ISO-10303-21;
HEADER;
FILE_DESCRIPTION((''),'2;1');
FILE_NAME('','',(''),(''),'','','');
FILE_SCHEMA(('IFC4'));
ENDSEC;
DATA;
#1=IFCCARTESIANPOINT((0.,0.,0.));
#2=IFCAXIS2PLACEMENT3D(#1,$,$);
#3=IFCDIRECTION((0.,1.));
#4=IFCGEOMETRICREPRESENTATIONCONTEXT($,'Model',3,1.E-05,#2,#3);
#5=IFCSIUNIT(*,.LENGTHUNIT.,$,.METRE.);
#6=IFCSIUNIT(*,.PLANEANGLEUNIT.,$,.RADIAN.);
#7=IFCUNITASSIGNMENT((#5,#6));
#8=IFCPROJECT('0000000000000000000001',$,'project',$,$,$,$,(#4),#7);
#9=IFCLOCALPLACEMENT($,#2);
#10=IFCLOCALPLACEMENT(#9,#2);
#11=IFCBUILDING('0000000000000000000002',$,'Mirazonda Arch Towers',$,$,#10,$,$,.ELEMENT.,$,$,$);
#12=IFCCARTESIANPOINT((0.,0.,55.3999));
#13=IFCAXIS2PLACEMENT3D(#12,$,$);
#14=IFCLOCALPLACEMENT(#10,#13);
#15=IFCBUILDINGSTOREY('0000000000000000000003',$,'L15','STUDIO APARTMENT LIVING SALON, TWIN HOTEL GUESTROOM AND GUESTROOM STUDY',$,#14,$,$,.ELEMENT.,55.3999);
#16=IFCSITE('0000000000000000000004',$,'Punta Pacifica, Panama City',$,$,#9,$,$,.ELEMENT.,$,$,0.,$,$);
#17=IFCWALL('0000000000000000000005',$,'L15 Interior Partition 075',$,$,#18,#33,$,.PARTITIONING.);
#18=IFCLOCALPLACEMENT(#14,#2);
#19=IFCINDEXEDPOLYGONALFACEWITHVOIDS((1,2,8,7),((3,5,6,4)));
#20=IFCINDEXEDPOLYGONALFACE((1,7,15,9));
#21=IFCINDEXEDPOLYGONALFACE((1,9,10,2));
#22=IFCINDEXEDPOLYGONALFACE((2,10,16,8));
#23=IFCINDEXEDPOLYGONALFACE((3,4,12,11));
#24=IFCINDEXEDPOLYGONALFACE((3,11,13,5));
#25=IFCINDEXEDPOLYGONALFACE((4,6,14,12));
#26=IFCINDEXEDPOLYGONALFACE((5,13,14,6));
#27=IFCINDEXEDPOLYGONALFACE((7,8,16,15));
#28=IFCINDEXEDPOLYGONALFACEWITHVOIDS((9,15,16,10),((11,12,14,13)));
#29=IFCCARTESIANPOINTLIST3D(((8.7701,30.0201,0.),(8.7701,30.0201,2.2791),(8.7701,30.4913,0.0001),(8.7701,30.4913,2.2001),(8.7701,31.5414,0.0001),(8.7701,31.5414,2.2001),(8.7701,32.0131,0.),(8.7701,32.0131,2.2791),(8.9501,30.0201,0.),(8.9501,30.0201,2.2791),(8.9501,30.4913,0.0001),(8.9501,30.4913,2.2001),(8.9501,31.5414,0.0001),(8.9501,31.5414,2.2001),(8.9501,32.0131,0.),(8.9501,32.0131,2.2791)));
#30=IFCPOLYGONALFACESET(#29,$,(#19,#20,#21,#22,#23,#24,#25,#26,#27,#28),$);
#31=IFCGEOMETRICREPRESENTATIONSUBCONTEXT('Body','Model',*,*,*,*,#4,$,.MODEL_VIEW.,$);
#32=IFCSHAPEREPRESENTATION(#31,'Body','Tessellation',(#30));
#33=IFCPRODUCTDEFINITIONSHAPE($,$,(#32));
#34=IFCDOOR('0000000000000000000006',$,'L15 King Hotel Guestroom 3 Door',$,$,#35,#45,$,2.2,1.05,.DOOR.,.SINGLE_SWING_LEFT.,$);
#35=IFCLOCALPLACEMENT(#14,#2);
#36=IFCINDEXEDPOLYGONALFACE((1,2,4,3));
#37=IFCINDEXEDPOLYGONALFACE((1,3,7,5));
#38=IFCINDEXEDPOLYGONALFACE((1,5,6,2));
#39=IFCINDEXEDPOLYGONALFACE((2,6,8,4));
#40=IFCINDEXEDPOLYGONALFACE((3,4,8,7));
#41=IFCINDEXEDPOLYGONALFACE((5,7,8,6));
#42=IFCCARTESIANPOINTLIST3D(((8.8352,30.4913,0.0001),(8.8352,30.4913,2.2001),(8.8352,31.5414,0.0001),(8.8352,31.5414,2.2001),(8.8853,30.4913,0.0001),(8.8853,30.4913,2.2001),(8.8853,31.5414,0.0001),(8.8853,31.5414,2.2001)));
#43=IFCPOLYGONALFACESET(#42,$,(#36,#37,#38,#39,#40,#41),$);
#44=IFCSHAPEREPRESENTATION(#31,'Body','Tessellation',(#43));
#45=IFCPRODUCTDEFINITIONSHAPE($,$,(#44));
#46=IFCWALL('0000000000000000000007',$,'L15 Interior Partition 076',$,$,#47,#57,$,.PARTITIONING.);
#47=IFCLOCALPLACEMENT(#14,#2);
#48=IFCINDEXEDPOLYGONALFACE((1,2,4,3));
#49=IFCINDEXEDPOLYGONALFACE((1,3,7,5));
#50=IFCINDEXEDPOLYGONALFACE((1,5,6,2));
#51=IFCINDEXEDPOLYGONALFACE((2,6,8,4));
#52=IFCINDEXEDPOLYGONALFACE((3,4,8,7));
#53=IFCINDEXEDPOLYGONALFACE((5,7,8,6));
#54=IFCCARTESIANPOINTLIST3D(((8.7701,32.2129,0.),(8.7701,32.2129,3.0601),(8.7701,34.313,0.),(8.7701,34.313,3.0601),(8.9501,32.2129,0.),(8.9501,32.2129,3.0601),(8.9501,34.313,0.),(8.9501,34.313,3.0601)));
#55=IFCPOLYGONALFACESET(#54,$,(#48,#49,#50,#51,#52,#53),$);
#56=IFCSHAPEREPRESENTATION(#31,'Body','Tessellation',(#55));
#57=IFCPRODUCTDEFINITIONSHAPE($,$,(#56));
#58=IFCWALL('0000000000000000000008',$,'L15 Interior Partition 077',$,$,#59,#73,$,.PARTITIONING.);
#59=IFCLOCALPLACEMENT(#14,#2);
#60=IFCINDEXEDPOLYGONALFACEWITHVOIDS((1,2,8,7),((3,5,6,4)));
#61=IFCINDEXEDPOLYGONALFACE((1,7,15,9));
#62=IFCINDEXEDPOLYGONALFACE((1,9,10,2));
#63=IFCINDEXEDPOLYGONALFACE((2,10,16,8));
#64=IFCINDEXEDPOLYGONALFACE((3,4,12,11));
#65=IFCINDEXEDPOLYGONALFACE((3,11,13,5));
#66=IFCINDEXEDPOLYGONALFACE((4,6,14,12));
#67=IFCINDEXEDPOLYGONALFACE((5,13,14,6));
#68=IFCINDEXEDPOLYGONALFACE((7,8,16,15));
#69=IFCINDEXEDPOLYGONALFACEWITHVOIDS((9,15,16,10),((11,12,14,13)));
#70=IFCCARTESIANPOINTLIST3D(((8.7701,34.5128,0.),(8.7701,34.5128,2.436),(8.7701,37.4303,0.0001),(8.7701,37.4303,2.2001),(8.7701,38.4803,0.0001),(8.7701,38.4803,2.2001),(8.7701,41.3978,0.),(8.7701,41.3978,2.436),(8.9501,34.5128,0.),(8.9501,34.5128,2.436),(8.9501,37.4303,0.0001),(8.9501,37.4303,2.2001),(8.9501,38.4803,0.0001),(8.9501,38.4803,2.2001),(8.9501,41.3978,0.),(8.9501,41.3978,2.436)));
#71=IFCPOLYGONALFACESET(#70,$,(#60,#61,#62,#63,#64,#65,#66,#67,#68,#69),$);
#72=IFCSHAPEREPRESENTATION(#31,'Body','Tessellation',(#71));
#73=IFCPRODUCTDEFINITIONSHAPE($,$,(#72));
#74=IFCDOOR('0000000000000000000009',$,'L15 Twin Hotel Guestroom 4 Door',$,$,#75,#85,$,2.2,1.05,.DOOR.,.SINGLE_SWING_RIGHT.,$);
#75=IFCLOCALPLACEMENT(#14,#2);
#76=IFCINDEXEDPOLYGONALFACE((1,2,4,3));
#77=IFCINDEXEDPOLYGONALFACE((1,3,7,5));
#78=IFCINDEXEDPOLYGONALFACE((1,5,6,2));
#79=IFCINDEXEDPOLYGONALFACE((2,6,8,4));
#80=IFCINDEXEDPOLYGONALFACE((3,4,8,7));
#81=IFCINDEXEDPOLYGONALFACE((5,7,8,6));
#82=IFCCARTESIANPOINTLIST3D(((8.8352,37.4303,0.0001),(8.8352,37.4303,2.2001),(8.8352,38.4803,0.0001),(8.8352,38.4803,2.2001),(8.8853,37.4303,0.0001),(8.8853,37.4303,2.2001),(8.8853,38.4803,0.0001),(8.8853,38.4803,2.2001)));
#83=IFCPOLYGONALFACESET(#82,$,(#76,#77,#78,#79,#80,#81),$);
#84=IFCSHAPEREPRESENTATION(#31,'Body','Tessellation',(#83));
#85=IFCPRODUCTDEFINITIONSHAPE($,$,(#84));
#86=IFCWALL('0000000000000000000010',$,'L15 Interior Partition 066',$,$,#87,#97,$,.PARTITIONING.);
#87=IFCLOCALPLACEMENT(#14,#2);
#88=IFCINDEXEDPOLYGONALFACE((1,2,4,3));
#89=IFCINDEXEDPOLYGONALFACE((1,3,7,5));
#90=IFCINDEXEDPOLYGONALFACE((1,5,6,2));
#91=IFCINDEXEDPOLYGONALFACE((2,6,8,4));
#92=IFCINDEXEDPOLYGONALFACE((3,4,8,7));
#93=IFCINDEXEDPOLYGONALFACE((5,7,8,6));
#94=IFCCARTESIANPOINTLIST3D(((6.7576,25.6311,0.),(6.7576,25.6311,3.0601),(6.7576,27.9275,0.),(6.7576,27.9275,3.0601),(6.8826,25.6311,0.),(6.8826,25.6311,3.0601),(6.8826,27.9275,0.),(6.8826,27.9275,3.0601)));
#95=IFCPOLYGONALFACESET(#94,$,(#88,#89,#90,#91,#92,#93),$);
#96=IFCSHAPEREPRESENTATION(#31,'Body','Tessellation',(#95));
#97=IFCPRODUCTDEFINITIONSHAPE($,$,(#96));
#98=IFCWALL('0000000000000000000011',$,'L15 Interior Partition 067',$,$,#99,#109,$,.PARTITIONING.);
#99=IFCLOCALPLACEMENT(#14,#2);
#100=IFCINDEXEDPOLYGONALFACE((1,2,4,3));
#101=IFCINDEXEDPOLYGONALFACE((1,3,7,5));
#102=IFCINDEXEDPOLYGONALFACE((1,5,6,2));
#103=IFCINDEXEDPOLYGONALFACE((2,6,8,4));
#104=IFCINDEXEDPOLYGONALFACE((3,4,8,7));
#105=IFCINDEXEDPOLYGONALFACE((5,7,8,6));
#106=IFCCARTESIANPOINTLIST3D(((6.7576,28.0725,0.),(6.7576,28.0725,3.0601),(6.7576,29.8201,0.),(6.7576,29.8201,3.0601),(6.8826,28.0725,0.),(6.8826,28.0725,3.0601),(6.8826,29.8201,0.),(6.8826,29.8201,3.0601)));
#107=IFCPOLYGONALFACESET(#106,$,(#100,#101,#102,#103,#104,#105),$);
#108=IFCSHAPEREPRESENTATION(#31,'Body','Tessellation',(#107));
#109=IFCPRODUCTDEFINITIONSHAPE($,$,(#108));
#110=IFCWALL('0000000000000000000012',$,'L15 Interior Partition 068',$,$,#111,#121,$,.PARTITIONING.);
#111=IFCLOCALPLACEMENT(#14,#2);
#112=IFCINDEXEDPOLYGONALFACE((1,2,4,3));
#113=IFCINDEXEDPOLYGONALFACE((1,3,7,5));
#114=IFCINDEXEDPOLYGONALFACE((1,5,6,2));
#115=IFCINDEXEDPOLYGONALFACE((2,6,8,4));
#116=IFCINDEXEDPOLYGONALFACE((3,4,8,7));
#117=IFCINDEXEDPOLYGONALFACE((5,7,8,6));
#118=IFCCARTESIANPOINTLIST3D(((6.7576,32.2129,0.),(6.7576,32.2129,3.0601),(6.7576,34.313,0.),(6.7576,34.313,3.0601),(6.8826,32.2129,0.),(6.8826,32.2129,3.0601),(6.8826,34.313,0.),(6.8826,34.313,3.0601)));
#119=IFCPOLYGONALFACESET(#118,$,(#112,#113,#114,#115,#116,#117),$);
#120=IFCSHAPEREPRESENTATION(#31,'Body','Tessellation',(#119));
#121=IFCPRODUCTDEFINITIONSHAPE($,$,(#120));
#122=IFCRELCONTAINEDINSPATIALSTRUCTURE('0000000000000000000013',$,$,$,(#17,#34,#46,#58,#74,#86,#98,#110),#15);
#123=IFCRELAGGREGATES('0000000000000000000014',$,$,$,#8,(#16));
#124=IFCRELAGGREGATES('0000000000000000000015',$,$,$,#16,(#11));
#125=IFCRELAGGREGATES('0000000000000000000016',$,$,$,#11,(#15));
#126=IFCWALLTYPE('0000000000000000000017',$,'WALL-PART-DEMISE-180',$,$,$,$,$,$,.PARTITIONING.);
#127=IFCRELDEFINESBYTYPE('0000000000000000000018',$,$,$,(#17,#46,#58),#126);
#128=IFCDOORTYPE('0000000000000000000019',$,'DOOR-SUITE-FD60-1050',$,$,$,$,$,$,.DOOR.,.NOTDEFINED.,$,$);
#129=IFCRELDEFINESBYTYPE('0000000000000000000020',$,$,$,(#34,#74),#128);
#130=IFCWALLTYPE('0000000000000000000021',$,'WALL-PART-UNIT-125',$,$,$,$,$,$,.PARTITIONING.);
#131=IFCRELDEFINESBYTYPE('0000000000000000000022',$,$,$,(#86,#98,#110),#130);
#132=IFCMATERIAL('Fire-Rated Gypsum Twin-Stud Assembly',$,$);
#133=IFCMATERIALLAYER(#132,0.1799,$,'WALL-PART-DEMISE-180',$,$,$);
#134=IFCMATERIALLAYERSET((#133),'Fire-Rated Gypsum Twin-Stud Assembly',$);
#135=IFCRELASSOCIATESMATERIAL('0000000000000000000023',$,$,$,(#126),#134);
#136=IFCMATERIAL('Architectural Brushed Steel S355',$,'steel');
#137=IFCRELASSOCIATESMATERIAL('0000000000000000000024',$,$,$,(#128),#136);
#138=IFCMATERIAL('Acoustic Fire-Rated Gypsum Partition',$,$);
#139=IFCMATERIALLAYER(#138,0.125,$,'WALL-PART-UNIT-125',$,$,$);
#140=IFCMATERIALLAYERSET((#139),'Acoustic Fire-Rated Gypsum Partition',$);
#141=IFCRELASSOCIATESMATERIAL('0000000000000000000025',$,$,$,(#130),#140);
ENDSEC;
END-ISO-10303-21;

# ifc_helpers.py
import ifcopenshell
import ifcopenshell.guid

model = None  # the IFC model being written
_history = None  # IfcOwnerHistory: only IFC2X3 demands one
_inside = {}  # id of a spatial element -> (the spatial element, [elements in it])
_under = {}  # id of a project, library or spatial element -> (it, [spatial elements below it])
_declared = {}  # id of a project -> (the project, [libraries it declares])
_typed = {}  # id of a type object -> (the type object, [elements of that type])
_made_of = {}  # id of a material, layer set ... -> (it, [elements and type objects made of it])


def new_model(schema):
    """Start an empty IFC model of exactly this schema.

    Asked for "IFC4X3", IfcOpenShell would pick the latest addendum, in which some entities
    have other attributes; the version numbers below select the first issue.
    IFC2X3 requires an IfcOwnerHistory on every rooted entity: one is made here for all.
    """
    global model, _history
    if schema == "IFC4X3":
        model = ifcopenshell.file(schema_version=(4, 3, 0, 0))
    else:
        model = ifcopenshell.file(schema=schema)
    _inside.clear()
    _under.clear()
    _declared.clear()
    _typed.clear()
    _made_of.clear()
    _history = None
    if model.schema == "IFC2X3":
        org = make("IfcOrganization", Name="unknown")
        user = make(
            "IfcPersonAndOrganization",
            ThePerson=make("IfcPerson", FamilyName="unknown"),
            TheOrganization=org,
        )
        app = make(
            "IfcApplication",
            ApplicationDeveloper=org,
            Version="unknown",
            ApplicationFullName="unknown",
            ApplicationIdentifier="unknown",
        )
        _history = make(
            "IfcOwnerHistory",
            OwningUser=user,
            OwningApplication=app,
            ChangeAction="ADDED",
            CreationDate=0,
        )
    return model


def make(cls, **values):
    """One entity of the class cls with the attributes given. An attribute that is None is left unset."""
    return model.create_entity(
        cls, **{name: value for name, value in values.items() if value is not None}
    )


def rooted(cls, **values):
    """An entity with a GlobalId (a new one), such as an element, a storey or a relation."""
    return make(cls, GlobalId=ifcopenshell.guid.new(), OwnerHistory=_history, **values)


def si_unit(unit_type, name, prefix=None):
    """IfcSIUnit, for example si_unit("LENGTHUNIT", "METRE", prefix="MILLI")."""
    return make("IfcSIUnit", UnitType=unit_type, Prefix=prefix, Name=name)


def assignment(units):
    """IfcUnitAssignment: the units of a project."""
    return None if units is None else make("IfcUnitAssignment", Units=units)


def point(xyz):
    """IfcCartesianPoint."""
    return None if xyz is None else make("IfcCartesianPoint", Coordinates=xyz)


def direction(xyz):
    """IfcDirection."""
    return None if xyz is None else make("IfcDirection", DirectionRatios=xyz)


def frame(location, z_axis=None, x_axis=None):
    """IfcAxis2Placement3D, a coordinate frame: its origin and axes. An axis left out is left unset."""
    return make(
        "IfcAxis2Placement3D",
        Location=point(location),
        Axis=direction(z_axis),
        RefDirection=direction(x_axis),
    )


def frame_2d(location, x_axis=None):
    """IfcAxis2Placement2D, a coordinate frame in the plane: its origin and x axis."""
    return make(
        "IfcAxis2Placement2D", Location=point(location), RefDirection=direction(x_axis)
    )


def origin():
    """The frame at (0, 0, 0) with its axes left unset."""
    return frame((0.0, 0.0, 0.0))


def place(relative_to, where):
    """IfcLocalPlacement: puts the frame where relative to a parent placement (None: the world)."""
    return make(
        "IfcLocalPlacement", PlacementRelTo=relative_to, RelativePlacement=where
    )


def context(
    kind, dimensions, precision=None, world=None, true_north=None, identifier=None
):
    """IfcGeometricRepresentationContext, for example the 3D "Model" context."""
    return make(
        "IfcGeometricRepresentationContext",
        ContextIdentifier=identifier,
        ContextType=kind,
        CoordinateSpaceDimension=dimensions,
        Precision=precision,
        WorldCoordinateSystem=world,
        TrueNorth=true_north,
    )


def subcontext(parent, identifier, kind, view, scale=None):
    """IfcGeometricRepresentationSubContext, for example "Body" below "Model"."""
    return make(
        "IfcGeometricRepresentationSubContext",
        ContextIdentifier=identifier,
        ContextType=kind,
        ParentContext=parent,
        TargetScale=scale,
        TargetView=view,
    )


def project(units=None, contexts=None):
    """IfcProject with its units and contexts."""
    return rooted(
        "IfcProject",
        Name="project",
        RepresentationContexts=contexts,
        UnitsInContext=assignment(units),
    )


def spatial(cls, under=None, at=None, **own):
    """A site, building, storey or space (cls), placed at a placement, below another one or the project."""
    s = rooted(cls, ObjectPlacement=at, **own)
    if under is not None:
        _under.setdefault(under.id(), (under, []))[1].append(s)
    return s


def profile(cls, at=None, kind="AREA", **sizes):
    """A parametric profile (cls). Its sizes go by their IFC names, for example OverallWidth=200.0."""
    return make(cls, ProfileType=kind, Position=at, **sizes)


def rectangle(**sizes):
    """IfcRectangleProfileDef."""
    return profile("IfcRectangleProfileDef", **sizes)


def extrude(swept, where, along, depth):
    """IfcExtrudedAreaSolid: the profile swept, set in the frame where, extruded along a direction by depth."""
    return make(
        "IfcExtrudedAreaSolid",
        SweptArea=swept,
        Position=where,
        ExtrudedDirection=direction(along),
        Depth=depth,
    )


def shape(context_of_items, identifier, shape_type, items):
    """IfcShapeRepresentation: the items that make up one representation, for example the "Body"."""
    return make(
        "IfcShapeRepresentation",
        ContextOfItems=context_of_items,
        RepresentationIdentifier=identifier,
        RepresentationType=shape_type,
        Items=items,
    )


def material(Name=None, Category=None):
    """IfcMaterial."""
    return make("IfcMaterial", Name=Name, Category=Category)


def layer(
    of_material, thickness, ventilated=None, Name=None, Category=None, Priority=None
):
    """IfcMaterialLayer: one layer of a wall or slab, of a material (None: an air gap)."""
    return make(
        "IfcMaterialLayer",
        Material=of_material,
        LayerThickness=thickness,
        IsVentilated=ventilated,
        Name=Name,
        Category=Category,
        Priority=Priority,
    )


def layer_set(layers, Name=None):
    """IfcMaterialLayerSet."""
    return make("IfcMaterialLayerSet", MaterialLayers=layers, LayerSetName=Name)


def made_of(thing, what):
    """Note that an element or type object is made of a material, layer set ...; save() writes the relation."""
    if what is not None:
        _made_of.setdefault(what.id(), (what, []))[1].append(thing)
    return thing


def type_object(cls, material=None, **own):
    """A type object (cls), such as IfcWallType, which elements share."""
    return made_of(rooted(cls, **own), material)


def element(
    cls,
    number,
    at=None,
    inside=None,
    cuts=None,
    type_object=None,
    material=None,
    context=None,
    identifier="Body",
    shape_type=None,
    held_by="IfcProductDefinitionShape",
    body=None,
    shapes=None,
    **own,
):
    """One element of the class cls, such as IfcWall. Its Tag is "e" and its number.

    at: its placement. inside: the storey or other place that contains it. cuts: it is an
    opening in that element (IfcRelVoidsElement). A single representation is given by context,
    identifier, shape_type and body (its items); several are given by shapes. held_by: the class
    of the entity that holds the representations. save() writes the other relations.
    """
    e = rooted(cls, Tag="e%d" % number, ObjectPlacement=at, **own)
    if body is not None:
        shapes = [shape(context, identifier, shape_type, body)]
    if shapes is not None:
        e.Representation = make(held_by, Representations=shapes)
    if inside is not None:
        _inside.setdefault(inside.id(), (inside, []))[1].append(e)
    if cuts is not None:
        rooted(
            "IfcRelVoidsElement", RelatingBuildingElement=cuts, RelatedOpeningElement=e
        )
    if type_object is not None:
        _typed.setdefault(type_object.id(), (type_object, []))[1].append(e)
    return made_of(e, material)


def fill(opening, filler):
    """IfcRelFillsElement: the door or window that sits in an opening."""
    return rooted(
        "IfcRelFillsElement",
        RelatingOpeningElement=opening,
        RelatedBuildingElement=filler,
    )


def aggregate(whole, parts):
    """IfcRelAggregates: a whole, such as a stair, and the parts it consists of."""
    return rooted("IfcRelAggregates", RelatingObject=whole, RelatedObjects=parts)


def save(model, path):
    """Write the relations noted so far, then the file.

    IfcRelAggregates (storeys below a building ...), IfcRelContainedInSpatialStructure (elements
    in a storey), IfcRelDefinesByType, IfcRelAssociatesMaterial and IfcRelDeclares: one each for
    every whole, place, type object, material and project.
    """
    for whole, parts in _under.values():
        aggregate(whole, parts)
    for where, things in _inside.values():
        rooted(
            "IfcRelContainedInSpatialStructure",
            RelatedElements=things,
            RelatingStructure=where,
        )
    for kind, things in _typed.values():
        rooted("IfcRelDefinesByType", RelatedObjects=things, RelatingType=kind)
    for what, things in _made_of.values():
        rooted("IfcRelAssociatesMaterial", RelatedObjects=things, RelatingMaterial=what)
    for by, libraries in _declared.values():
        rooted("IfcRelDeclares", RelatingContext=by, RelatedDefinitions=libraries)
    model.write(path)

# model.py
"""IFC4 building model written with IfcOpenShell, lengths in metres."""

from ifc_helpers import new_model, si_unit, direction, frame, frame_2d, origin, place, context, subcontext, project, spatial, rectangle, extrude, material, layer, layer_set, type_object, element, fill, save


model = new_model("IFC4")

# Units and contexts
model_context = context("Model", 3, precision=1e-05, world=origin(), true_north=direction((0.0, 1.0)))
body_context = subcontext(model_context, "Body", "Model", "MODEL_VIEW")
ifc_project = project(units=[si_unit("LENGTHUNIT", "METRE"), si_unit("PLANEANGLEUNIT", "RADIAN")], contexts=[model_context])

# Site, building, storey
site_placement = place(None, origin())
site = spatial("IfcSite", under=ifc_project, at=site_placement, Name="Punta Pacifica, Panama City", CompositionType="ELEMENT", RefElevation=0.0)
building_placement = place(site_placement, origin())
building = spatial("IfcBuilding", under=site, at=building_placement, Name="Mirazonda Arch Towers", CompositionType="ELEMENT")
storey_placement = place(building_placement, frame((0.0, 0.0, 55.3999)))
storey = spatial("IfcBuildingStorey", under=building, at=storey_placement, Name="L15", Description="STUDIO APARTMENT LIVING SALON, TWIN HOTEL GUESTROOM AND GUESTROOM STUDY", CompositionType="ELEMENT", Elevation=55.3999)

# Shared definitions
ifc_material_1 = material(Name="Architectural Brushed Steel S355", Category="steel")

# Shared definitions
ifc_material_2 = material(Name="Fire-Rated Gypsum Twin-Stud Assembly")
ifc_layer_1 = layer(ifc_material_2, 0.1799, Name="WALL-PART-DEMISE-180")
ifc_layer_set_1 = layer_set([ifc_layer_1], Name="Fire-Rated Gypsum Twin-Stud Assembly")
wall_type_1 = type_object("IfcWallType", Name="WALL-PART-DEMISE-180", PredefinedType="PARTITIONING", material=ifc_layer_set_1)

# Wall, opening, door
wall_1_placement = place(storey_placement, frame((8.8601, 30.02, 0.0), z_axis=(0.0, 0.0, 1.0), x_axis=(0.0, 1.0, 0.0)))
wall_1 = element("IfcWall", 1, at=wall_1_placement, inside=storey, type_object=wall_type_1, Name="L15 Interior Partition 075", PredefinedType="PARTITIONING", context=body_context, shape_type="SweptSolid", body=[
    extrude(rectangle(XDim=1.9929, YDim=0.1799, at=frame_2d((0.9966, 0.0))), origin(), (0.0, 0.0, 1.0), 2.2791),
])
opening_1_placement = place(wall_1_placement, frame((0.4714, 0.0, 0.0)))
opening_1 = element("IfcOpeningElement", 2, at=opening_1_placement, cuts=wall_1, PredefinedType="OPENING", context=body_context, shape_type="SweptSolid", body=[
    extrude(rectangle(XDim=1.05, YDim=2.2, at=frame_2d((0.5249, 1.1001))), frame((0.0, 0.0999, 0.0), z_axis=(0.0, -1.0, 0.0), x_axis=(1.0, 0.0, 0.0)), (0.0, 0.0, 1.0), 0.2),
])
door_type_1 = type_object("IfcDoorType", Name="DOOR-SUITE-FD60-1050", OperationType="NOTDEFINED", PredefinedType="DOOR", material=ifc_material_1)
door_1_placement = place(opening_1_placement, origin())
door_1 = element("IfcDoor", 3, at=door_1_placement, inside=storey, type_object=door_type_1, Name="L15 King Hotel Guestroom 3 Door", OperationType="SINGLE_SWING_LEFT", OverallHeight=2.2, OverallWidth=1.05, PredefinedType="DOOR", context=body_context, shape_type="SweptSolid", body=[
    extrude(rectangle(XDim=1.05, YDim=2.2, at=frame_2d((0.5249, 1.1001))), frame((0.0, 0.0249, 0.0), z_axis=(0.0, -1.0, 0.0), x_axis=(1.0, 0.0, 0.0)), (0.0, 0.0, 1.0), 0.05),
])
fill(opening_1, door_1)

# Wall
wall_2_placement = place(storey_placement, frame((8.8601, 32.2129, 0.0), z_axis=(0.0, 0.0, 1.0), x_axis=(0.0, 1.0, 0.0)))
element("IfcWall", 4, at=wall_2_placement, inside=storey, type_object=wall_type_1, Name="L15 Interior Partition 076", PredefinedType="PARTITIONING", context=body_context, shape_type="SweptSolid", body=[
    extrude(rectangle(XDim=2.1001, YDim=0.1799, at=frame_2d((1.05, 0.0))), origin(), (0.0, 0.0, 1.0), 3.0601),
])

# Wall, opening, door
wall_3_placement = place(storey_placement, frame((8.8601, 34.5129, 0.0), z_axis=(0.0, 0.0, 1.0), x_axis=(0.0, 1.0, 0.0)))
wall_3 = element("IfcWall", 5, at=wall_3_placement, inside=storey, type_object=wall_type_1, Name="L15 Interior Partition 077", PredefinedType="PARTITIONING", context=body_context, shape_type="SweptSolid", body=[
    extrude(rectangle(XDim=6.885, YDim=0.1799, at=frame_2d((3.4424, 0.0))), origin(), (0.0, 0.0, 1.0), 2.436),
])
opening_2_placement = place(wall_3_placement, frame((2.9175, 0.0, 0.0)))
opening_2 = element("IfcOpeningElement", 6, at=opening_2_placement, cuts=wall_3, PredefinedType="OPENING", context=body_context, shape_type="SweptSolid", body=[
    extrude(rectangle(XDim=1.05, YDim=2.2, at=frame_2d((0.5249, 1.1001))), frame((0.0, 0.0999, 0.0), z_axis=(0.0, -1.0, 0.0), x_axis=(1.0, 0.0, 0.0)), (0.0, 0.0, 1.0), 0.2),
])
door_2_placement = place(opening_2_placement, origin())
door_2 = element("IfcDoor", 7, at=door_2_placement, inside=storey, type_object=door_type_1, Name="L15 Twin Hotel Guestroom 4 Door", OperationType="SINGLE_SWING_RIGHT", OverallHeight=2.2, OverallWidth=1.05, PredefinedType="DOOR", context=body_context, shape_type="SweptSolid", body=[
    extrude(rectangle(XDim=1.05, YDim=2.2, at=frame_2d((0.5249, 1.1001))), frame((0.0, 0.0249, 0.0), z_axis=(0.0, -1.0, 0.0), x_axis=(1.0, 0.0, 0.0)), (0.0, 0.0, 1.0), 0.05),
])
fill(opening_2, door_2)

# Walls
ifc_material_3 = material(Name="Acoustic Fire-Rated Gypsum Partition")
ifc_layer_2 = layer(ifc_material_3, 0.125, Name="WALL-PART-UNIT-125")
ifc_layer_set_2 = layer_set([ifc_layer_2], Name="Acoustic Fire-Rated Gypsum Partition")
wall_type_2 = type_object("IfcWallType", Name="WALL-PART-UNIT-125", PredefinedType="PARTITIONING", material=ifc_layer_set_2)
wall_4_placement = place(storey_placement, frame((6.8201, 25.6311, 0.0), z_axis=(0.0, 0.0, 1.0), x_axis=(0.0, 1.0, 0.0)))
element("IfcWall", 8, at=wall_4_placement, inside=storey, type_object=wall_type_2, Name="L15 Interior Partition 066", PredefinedType="PARTITIONING", context=body_context, shape_type="SweptSolid", body=[
    extrude(rectangle(XDim=2.2964, YDim=0.125, at=frame_2d((1.1482, 0.0))), origin(), (0.0, 0.0, 1.0), 3.0601),
])
wall_5_placement = place(storey_placement, frame((6.8201, 28.0725, 0.0), z_axis=(0.0, 0.0, 1.0), x_axis=(0.0, 1.0, 0.0)))
element("IfcWall", 9, at=wall_5_placement, inside=storey, type_object=wall_type_2, Name="L15 Interior Partition 067", PredefinedType="PARTITIONING", context=body_context, shape_type="SweptSolid", body=[
    extrude(rectangle(XDim=1.7476, YDim=0.125, at=frame_2d((0.8738, 0.0))), origin(), (0.0, 0.0, 1.0), 3.0601),
])
wall_6_placement = place(storey_placement, frame((6.8201, 32.2129, 0.0), z_axis=(0.0, 0.0, 1.0), x_axis=(0.0, 1.0, 0.0)))
element("IfcWall", 10, at=wall_6_placement, inside=storey, type_object=wall_type_2, Name="L15 Interior Partition 068", PredefinedType="PARTITIONING", context=body_context, shape_type="SweptSolid", body=[
    extrude(rectangle(XDim=2.1001, YDim=0.125, at=frame_2d((1.05, 0.0))), origin(), (0.0, 0.0, 1.0), 3.0601),
])

save(model, "model.ifc")
